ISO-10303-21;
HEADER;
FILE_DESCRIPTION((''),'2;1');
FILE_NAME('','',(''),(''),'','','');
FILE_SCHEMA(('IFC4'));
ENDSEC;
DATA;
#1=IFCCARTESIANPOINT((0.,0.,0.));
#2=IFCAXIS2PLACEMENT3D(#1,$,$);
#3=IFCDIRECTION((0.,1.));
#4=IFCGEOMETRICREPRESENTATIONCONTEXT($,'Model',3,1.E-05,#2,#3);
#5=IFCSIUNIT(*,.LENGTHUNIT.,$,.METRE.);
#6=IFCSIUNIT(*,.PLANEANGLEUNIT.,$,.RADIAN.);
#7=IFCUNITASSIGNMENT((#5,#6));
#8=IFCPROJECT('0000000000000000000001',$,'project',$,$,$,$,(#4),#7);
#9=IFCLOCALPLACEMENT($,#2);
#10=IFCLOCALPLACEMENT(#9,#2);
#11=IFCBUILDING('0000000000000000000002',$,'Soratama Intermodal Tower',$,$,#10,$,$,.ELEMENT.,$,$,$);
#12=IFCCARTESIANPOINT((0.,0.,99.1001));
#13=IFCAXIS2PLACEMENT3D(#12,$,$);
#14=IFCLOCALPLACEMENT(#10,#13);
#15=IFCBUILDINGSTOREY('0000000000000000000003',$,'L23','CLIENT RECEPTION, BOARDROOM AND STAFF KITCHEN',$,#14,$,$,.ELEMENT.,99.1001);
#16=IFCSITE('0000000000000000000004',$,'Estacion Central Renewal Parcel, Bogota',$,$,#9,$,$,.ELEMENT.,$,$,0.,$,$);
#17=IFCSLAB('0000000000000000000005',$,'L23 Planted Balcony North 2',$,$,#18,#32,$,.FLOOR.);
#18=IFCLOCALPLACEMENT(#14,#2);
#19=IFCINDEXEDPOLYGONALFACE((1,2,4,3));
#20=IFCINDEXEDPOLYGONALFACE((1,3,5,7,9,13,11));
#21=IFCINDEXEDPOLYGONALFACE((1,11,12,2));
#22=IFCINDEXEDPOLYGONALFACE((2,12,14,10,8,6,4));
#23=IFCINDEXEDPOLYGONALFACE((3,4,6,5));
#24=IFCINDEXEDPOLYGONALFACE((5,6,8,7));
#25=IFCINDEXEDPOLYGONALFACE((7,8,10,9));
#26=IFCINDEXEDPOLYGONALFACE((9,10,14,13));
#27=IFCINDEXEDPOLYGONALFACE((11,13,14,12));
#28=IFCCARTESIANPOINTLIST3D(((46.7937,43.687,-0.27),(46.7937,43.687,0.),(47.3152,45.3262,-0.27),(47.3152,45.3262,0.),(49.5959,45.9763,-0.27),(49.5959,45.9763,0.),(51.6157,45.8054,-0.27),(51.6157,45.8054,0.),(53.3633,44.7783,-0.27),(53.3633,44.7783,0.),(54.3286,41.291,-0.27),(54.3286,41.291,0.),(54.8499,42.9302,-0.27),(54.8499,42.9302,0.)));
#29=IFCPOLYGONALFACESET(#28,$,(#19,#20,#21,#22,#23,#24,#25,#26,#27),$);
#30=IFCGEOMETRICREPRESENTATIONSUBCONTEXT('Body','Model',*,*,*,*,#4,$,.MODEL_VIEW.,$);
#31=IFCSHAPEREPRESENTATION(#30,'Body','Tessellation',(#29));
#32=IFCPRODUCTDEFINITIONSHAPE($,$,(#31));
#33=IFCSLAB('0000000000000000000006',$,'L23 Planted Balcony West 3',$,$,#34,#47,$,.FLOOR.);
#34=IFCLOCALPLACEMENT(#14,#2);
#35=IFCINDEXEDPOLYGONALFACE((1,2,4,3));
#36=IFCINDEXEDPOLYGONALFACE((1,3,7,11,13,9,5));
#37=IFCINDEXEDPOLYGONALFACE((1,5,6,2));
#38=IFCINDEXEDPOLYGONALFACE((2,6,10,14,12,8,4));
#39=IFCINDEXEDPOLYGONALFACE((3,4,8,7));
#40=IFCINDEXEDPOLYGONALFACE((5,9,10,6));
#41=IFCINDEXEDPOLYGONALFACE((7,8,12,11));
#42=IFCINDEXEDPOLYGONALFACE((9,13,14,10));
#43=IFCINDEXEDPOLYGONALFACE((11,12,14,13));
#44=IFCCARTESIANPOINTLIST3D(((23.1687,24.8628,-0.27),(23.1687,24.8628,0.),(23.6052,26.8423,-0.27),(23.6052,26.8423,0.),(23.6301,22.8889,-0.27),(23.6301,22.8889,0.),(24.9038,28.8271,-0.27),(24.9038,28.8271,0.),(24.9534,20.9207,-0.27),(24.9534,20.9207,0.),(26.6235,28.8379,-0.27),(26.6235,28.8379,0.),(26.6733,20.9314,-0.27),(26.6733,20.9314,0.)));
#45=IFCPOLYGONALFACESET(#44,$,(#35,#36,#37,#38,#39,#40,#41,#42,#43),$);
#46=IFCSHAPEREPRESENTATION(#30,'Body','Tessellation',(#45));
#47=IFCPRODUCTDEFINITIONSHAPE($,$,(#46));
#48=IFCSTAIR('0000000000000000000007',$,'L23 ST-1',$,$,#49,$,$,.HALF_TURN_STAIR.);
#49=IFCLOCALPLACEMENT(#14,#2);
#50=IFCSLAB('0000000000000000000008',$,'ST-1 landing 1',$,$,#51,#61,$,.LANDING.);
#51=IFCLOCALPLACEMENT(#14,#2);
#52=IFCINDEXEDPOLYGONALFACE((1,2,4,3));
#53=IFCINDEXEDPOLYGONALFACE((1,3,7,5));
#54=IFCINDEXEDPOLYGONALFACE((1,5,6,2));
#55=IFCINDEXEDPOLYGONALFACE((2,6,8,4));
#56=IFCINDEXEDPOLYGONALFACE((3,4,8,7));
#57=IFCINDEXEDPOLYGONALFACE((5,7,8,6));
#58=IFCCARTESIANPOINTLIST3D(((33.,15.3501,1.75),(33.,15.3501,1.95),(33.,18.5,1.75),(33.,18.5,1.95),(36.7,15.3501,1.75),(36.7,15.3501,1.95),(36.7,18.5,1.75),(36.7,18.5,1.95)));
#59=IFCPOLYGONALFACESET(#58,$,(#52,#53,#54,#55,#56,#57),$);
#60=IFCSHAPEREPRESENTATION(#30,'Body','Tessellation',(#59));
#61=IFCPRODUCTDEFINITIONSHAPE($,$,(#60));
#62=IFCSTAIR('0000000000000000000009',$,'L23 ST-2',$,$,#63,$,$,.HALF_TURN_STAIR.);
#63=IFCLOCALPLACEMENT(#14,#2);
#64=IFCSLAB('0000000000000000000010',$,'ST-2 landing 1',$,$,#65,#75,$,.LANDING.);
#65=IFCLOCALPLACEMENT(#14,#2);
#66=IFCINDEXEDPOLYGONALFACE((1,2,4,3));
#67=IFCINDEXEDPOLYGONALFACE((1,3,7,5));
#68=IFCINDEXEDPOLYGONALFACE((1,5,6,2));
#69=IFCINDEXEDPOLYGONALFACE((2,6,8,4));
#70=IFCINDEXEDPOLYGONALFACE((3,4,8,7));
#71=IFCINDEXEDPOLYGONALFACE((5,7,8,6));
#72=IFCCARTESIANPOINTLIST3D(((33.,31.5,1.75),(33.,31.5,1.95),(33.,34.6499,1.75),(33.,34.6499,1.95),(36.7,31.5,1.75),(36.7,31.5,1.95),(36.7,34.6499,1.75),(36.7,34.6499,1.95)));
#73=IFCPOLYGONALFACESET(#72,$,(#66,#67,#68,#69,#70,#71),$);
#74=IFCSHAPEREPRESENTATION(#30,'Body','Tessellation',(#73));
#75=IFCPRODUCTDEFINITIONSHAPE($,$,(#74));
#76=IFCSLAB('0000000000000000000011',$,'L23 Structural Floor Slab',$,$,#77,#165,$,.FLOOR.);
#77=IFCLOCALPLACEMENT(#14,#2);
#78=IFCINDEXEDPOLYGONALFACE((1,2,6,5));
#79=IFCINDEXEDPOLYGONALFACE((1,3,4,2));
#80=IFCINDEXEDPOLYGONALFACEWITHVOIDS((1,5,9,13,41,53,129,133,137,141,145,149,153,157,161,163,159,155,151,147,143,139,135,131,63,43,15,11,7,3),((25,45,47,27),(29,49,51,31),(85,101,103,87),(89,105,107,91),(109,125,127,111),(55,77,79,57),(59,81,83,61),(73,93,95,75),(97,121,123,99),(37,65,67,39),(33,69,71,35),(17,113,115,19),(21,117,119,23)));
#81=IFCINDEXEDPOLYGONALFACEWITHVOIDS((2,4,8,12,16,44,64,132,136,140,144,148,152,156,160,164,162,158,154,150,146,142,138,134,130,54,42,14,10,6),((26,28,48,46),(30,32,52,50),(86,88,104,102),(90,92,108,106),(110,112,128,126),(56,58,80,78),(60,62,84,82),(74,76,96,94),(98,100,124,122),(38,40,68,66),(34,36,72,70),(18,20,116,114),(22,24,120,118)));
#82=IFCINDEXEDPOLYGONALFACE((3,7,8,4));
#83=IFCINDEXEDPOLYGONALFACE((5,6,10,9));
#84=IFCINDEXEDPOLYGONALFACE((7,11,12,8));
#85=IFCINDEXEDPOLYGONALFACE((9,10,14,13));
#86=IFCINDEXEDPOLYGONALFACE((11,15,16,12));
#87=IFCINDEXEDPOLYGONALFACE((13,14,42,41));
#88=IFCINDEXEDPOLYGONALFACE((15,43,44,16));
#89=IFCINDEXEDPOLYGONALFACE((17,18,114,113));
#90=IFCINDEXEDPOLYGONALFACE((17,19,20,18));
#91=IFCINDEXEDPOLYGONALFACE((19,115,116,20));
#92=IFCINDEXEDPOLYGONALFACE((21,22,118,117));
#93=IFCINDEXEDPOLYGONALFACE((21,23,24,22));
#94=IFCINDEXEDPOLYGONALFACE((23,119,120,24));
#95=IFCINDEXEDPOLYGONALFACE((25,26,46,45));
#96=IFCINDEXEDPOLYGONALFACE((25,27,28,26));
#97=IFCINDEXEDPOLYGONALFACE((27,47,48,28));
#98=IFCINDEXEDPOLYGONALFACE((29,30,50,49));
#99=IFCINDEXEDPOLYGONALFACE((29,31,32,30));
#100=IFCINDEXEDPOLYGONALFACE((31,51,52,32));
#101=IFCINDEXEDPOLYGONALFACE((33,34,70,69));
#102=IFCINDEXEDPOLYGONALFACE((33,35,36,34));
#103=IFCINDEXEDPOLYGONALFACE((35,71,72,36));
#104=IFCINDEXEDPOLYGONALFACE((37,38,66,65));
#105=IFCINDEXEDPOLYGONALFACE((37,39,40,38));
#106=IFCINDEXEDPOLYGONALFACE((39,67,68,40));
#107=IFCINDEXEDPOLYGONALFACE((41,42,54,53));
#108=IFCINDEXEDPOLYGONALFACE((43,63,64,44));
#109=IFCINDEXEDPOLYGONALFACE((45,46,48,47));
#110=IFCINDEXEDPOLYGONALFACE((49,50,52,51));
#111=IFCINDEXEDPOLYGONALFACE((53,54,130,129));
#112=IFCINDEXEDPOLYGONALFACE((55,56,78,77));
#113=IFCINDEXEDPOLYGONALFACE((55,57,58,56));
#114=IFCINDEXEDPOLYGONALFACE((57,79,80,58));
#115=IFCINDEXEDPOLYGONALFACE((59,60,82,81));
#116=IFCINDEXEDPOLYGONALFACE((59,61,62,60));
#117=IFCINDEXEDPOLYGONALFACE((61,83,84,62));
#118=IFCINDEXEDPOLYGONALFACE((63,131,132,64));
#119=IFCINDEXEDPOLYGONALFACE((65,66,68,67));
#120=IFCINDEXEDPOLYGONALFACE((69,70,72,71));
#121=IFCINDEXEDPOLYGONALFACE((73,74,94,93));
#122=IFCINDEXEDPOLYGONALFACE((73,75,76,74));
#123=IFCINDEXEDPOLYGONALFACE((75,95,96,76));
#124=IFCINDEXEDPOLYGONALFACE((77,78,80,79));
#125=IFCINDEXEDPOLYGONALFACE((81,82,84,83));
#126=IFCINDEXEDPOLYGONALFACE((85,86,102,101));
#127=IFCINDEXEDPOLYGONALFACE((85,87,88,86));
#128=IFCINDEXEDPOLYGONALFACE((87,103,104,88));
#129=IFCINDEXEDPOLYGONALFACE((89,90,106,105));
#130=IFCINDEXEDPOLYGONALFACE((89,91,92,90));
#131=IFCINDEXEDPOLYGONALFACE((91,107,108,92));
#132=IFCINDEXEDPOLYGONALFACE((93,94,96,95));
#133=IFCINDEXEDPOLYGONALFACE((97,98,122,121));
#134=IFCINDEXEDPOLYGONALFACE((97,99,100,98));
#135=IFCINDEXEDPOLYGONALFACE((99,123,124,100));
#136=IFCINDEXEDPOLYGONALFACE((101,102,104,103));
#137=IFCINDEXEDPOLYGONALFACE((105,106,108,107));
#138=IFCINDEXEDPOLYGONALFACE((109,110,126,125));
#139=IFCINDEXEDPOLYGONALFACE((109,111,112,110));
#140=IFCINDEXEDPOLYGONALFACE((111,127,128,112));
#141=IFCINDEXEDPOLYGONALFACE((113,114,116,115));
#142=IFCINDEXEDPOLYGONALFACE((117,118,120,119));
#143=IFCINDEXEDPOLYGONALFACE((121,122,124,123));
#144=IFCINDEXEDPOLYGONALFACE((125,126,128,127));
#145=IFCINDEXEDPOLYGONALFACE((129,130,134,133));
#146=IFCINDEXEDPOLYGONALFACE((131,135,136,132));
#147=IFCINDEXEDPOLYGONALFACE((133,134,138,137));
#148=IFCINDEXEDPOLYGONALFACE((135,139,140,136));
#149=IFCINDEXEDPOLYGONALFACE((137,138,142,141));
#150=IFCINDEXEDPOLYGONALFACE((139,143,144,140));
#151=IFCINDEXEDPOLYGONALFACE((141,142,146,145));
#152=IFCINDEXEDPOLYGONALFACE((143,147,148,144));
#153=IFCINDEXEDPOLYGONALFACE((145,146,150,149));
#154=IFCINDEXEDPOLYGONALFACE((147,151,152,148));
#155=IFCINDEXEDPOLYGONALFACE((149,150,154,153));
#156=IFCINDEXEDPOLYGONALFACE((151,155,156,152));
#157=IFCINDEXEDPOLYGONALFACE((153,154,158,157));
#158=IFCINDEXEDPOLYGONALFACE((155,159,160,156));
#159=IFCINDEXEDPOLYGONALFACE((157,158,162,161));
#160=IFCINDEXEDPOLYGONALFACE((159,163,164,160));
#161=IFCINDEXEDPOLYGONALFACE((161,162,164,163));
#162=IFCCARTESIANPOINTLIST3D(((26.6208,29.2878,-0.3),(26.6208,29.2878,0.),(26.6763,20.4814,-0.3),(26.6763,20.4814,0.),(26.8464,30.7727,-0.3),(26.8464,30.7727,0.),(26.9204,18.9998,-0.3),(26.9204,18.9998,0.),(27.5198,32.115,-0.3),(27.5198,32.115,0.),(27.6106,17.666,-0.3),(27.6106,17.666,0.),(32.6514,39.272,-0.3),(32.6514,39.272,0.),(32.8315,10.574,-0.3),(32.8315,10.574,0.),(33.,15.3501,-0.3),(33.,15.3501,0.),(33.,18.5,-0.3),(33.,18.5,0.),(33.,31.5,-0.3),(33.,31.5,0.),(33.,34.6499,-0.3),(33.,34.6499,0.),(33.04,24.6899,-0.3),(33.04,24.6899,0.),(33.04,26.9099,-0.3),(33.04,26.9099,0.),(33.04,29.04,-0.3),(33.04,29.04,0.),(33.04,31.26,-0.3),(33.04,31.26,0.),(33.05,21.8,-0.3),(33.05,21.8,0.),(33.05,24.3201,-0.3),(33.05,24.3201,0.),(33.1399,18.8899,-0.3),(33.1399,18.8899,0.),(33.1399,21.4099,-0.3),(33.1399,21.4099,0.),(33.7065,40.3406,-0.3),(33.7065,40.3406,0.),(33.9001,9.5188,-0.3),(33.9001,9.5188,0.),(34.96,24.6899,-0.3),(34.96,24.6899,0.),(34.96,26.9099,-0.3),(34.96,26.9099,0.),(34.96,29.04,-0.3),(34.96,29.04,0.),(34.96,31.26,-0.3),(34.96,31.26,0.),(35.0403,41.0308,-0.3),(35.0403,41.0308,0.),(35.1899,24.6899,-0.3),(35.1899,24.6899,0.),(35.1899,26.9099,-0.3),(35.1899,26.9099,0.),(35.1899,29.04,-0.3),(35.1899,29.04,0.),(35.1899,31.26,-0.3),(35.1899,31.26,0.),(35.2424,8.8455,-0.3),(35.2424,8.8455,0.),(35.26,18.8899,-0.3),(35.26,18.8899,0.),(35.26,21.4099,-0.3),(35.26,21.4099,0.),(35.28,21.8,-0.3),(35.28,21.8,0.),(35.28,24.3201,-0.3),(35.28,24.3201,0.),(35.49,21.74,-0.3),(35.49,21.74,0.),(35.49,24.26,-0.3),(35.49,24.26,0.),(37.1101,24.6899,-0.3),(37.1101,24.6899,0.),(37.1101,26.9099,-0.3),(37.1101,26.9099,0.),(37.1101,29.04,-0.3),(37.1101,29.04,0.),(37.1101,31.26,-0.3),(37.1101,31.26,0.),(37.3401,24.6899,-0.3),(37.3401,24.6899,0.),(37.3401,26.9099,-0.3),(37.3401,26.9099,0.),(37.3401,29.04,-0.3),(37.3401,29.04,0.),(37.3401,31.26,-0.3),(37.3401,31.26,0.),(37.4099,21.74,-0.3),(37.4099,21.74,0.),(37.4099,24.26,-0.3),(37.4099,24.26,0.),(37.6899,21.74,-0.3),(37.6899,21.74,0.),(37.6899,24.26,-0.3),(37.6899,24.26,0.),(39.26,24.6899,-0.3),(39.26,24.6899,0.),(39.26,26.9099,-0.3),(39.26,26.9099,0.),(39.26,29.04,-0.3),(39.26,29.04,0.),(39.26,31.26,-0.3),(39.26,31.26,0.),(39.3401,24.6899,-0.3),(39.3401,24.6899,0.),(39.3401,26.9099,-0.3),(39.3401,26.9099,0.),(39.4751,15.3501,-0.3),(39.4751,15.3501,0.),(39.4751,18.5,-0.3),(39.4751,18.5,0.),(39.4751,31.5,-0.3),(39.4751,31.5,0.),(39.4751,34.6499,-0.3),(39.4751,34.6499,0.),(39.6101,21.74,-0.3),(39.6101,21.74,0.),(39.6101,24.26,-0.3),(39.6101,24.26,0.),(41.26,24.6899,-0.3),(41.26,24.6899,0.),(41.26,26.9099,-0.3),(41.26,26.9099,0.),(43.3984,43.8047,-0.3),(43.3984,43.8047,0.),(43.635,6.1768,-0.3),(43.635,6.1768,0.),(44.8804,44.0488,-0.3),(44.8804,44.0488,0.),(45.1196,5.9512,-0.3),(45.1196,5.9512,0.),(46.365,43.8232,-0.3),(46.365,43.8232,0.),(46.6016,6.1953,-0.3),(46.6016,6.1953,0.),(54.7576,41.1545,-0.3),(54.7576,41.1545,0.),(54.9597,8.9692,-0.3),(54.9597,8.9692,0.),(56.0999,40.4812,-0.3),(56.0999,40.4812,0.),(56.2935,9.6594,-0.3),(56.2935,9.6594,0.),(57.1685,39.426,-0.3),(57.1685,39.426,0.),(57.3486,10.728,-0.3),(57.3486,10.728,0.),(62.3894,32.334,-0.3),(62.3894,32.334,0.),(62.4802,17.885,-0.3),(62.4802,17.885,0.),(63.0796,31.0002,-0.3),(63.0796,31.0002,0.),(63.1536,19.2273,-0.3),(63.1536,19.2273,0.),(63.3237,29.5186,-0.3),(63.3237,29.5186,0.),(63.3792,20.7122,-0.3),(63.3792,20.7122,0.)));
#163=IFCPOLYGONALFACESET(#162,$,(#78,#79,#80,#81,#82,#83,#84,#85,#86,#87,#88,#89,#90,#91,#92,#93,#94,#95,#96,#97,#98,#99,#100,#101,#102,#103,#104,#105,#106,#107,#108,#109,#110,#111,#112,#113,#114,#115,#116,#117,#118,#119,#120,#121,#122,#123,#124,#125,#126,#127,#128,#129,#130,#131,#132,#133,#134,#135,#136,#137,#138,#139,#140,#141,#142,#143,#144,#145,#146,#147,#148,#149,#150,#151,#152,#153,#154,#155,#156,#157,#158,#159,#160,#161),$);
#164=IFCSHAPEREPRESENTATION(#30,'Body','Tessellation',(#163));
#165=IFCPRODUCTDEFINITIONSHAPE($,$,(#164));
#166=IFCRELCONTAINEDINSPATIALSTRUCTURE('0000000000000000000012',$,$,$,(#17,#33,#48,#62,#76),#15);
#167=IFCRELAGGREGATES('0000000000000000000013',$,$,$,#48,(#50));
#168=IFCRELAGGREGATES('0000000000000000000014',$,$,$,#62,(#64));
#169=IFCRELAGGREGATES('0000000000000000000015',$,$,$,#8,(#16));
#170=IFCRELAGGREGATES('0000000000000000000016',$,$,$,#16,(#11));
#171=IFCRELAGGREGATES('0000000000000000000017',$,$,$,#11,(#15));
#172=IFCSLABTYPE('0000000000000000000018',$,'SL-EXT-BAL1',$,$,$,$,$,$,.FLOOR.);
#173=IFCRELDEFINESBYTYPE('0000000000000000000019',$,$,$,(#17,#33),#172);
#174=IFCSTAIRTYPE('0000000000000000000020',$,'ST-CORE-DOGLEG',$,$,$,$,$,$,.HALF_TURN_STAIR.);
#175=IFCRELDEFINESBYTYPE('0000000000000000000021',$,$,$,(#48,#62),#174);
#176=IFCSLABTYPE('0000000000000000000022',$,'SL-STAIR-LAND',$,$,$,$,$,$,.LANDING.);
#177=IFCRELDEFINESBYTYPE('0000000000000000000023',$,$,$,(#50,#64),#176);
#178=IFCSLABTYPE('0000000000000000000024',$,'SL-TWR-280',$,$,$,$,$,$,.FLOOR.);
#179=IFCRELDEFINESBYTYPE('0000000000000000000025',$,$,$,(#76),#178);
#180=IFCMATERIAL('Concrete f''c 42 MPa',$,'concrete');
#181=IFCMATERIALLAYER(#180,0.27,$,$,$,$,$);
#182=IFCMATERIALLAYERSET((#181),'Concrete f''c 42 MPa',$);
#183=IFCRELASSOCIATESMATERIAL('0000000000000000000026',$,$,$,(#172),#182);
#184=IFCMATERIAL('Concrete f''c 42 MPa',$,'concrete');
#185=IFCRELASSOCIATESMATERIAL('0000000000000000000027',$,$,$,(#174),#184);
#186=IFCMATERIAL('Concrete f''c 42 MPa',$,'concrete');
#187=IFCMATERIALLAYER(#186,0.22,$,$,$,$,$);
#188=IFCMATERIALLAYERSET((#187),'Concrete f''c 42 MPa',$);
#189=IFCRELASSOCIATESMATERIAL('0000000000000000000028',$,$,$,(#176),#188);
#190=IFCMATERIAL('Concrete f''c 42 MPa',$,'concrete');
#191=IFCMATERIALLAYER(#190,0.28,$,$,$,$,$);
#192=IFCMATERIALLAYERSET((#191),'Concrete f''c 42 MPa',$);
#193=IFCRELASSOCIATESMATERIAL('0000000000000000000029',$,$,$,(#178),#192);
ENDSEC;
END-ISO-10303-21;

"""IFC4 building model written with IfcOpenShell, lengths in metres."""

from ifc_helpers import new_model, si_unit, direction, frame, origin, place, context, subcontext, project, spatial, polyline, outline, extrude, material, layer, layer_set, type_object, element, aggregate, save


model = new_model("IFC4")

# Units and contexts
model_context = context("Model", 3, precision=1e-05, world=origin(), true_north=direction((0.0, 1.0)))
body_context = subcontext(model_context, "Body", "Model", "MODEL_VIEW")
ifc_project = project(units=[si_unit("LENGTHUNIT", "METRE"), si_unit("PLANEANGLEUNIT", "RADIAN")], contexts=[model_context])

# Site, building, storey
site_placement = place(None, origin())
site = spatial("IfcSite", under=ifc_project, at=site_placement, Name="Estacion Central Renewal Parcel, Bogota", CompositionType="ELEMENT", RefElevation=0.0)
building_placement = place(site_placement, origin())
building = spatial("IfcBuilding", under=site, at=building_placement, Name="Soratama Intermodal Tower", CompositionType="ELEMENT")
storey_placement = place(building_placement, frame((0.0, 0.0, 99.1001)))
storey = spatial("IfcBuildingStorey", under=building, at=storey_placement, Name="L23", Description="CLIENT RECEPTION, BOARDROOM AND STAFF KITCHEN", CompositionType="ELEMENT", Elevation=99.1001)

# Slabs
ifc_material_1 = material(Name="Concrete f'c 42 MPa", Category="concrete")
ifc_layer_1 = layer(ifc_material_1, 0.27)
ifc_layer_set_1 = layer_set([ifc_layer_1], Name="Concrete f'c 42 MPa")
slab_type_1 = type_object("IfcSlabType", Name="SL-EXT-BAL1", PredefinedType="FLOOR", material=ifc_layer_set_1)
slab_1_placement = place(storey_placement, frame((0.0, 0.0, -0.27)))
element("IfcSlab", 1, at=slab_1_placement, inside=storey, type_object=slab_type_1, Name="L23 Planted Balcony North 2", PredefinedType="FLOOR", context=body_context, shape_type="SweptSolid", body=[
    extrude(outline(polyline([(54.3286, 41.291), (46.7937, 43.687), (47.3152, 45.3262), (49.5959, 45.9763), (51.6157, 45.8054), (53.3633, 44.7783), (54.8499, 42.9302), (54.3286, 41.291)])), origin(), (0.0, 0.0, 1.0), 0.27),
])
slab_2_placement = place(storey_placement, frame((0.0, 0.0, -0.27)))
element("IfcSlab", 2, at=slab_2_placement, inside=storey, type_object=slab_type_1, Name="L23 Planted Balcony West 3", PredefinedType="FLOOR", context=body_context, shape_type="SweptSolid", body=[
    extrude(outline(polyline([(26.6235, 28.8379), (26.6733, 20.9314), (24.9534, 20.9207), (23.6301, 22.8889), (23.1687, 24.8628), (23.6052, 26.8423), (24.9038, 28.8271), (26.6235, 28.8379)])), origin(), (0.0, 0.0, 1.0), 0.27),
])

# Stairs, slabs
ifc_material_2 = material(Name="Concrete f'c 42 MPa", Category="concrete")
stair_type = type_object("IfcStairType", Name="ST-CORE-DOGLEG", PredefinedType="HALF_TURN_STAIR", material=ifc_material_2)
stair_1_placement = place(storey_placement, origin())
stair_1 = element("IfcStair", 3, at=stair_1_placement, inside=storey, type_object=stair_type, Name="L23 ST-1", PredefinedType="HALF_TURN_STAIR")
ifc_material_3 = material(Name="Concrete f'c 42 MPa", Category="concrete")
ifc_layer_2 = layer(ifc_material_3, 0.22)
ifc_layer_set_2 = layer_set([ifc_layer_2], Name="Concrete f'c 42 MPa")
slab_type_2 = type_object("IfcSlabType", Name="SL-STAIR-LAND", PredefinedType="LANDING", material=ifc_layer_set_2)
slab_3_placement = place(storey_placement, frame((0.0, 0.0, 1.75)))
slab_3 = element("IfcSlab", 4, at=slab_3_placement, type_object=slab_type_2, Name="ST-1 landing 1", PredefinedType="LANDING", context=body_context, shape_type="SweptSolid", body=[
    extrude(outline(polyline([(36.7, 18.5), (33.0, 18.5), (33.0, 15.3501), (36.7, 15.3501), (36.7, 18.5)])), origin(), (0.0, 0.0, 1.0), 0.2),
])
aggregate(stair_1, [slab_3])
stair_2_placement = place(storey_placement, origin())
stair_2 = element("IfcStair", 5, at=stair_2_placement, inside=storey, type_object=stair_type, Name="L23 ST-2", PredefinedType="HALF_TURN_STAIR")
slab_4_placement = place(storey_placement, frame((0.0, 0.0, 1.75)))
slab_4 = element("IfcSlab", 6, at=slab_4_placement, type_object=slab_type_2, Name="ST-2 landing 1", PredefinedType="LANDING", context=body_context, shape_type="SweptSolid", body=[
    extrude(outline(polyline([(36.7, 34.6499), (33.0, 34.6499), (33.0, 31.5), (36.7, 31.5), (36.7, 34.6499)])), origin(), (0.0, 0.0, 1.0), 0.2),
])
aggregate(stair_2, [slab_4])

# Slab
ifc_material_4 = material(Name="Concrete f'c 42 MPa", Category="concrete")
ifc_layer_3 = layer(ifc_material_4, 0.28)
ifc_layer_set_3 = layer_set([ifc_layer_3], Name="Concrete f'c 42 MPa")
slab_type_3 = type_object("IfcSlabType", Name="SL-TWR-280", PredefinedType="FLOOR", material=ifc_layer_set_3)
slab_5_placement = place(storey_placement, frame((0.0, 0.0, -0.3)))
element("IfcSlab", 7, at=slab_5_placement, inside=storey, type_object=slab_type_3, Name="L23 Structural Floor Slab", PredefinedType="FLOOR", context=body_context, shape_type="SweptSolid", body=[
    extrude(outline(polyline([(63.3237, 29.5186), (63.0796, 31.0002), (62.3894, 32.334), (57.1685, 39.426), (56.0999, 40.4812), (54.7576, 41.1545), (46.365, 43.8232), (44.8804, 44.0488), (43.3984, 43.8047), (35.0403, 41.0308), (33.7065, 40.3406), (32.6514, 39.272), (27.5198, 32.115), (26.8464, 30.7727), (26.6208, 29.2878), (26.6763, 20.4814), (26.9204, 18.9998), (27.6106, 17.666), (32.8315, 10.574), (33.9001, 9.5188), (35.2424, 8.8455), (43.635, 6.1768), (45.1196, 5.9512), (46.6016, 6.1953), (54.9597, 8.9692), (56.2935, 9.6594), (57.3486, 10.728), (62.4802, 17.885), (63.1536, 19.2273), (63.3792, 20.7122), (63.3237, 29.5186)]), holes=[polyline([(33.0, 18.5), (33.0, 15.3501), (39.4751, 15.3501), (39.4751, 18.5), (33.0, 18.5)]), polyline([(35.26, 18.8899), (35.26, 21.4099), (33.1399, 21.4099), (33.1399, 18.8899), (35.26, 18.8899)]), polyline([(33.05, 21.8), (35.28, 21.8), (35.28, 24.3201), (33.05, 24.3201), (33.05, 21.8)]), polyline([(34.96, 26.9099), (33.04, 26.9099), (33.04, 24.6899), (34.96, 24.6899), (34.96, 26.9099)]), polyline([(37.1101, 24.6899), (37.1101, 26.9099), (35.1899, 26.9099), (35.1899, 24.6899), (37.1101, 24.6899)]), polyline([(34.96, 29.04), (34.96, 31.26), (33.04, 31.26), (33.04, 29.04), (34.96, 29.04)]), polyline([(37.1101, 31.26), (35.1899, 31.26), (35.1899, 29.04), (37.1101, 29.04), (37.1101, 31.26)]), polyline([(37.4099, 21.74), (37.4099, 24.26), (35.49, 24.26), (35.49, 21.74), (37.4099, 21.74)]), polyline([(39.6101, 21.74), (39.6101, 24.26), (37.6899, 24.26), (37.6899, 21.74), (39.6101, 21.74)]), polyline([(39.26, 24.6899), (39.26, 26.9099), (37.3401, 26.9099), (37.3401, 24.6899), (39.26, 24.6899)]), polyline([(41.26, 24.6899), (41.26, 26.9099), (39.3401, 26.9099), (39.3401, 24.6899), (41.26, 24.6899)]), polyline([(39.26, 29.04), (39.26, 31.26), (37.3401, 31.26), (37.3401, 29.04), (39.26, 29.04)]), polyline([(39.4751, 34.6499), (33.0, 34.6499), (33.0, 31.5), (39.4751, 31.5), (39.4751, 34.6499)])]), origin(), (0.0, 0.0, 1.0), 0.3),
])

save(model, "model.ifc")
